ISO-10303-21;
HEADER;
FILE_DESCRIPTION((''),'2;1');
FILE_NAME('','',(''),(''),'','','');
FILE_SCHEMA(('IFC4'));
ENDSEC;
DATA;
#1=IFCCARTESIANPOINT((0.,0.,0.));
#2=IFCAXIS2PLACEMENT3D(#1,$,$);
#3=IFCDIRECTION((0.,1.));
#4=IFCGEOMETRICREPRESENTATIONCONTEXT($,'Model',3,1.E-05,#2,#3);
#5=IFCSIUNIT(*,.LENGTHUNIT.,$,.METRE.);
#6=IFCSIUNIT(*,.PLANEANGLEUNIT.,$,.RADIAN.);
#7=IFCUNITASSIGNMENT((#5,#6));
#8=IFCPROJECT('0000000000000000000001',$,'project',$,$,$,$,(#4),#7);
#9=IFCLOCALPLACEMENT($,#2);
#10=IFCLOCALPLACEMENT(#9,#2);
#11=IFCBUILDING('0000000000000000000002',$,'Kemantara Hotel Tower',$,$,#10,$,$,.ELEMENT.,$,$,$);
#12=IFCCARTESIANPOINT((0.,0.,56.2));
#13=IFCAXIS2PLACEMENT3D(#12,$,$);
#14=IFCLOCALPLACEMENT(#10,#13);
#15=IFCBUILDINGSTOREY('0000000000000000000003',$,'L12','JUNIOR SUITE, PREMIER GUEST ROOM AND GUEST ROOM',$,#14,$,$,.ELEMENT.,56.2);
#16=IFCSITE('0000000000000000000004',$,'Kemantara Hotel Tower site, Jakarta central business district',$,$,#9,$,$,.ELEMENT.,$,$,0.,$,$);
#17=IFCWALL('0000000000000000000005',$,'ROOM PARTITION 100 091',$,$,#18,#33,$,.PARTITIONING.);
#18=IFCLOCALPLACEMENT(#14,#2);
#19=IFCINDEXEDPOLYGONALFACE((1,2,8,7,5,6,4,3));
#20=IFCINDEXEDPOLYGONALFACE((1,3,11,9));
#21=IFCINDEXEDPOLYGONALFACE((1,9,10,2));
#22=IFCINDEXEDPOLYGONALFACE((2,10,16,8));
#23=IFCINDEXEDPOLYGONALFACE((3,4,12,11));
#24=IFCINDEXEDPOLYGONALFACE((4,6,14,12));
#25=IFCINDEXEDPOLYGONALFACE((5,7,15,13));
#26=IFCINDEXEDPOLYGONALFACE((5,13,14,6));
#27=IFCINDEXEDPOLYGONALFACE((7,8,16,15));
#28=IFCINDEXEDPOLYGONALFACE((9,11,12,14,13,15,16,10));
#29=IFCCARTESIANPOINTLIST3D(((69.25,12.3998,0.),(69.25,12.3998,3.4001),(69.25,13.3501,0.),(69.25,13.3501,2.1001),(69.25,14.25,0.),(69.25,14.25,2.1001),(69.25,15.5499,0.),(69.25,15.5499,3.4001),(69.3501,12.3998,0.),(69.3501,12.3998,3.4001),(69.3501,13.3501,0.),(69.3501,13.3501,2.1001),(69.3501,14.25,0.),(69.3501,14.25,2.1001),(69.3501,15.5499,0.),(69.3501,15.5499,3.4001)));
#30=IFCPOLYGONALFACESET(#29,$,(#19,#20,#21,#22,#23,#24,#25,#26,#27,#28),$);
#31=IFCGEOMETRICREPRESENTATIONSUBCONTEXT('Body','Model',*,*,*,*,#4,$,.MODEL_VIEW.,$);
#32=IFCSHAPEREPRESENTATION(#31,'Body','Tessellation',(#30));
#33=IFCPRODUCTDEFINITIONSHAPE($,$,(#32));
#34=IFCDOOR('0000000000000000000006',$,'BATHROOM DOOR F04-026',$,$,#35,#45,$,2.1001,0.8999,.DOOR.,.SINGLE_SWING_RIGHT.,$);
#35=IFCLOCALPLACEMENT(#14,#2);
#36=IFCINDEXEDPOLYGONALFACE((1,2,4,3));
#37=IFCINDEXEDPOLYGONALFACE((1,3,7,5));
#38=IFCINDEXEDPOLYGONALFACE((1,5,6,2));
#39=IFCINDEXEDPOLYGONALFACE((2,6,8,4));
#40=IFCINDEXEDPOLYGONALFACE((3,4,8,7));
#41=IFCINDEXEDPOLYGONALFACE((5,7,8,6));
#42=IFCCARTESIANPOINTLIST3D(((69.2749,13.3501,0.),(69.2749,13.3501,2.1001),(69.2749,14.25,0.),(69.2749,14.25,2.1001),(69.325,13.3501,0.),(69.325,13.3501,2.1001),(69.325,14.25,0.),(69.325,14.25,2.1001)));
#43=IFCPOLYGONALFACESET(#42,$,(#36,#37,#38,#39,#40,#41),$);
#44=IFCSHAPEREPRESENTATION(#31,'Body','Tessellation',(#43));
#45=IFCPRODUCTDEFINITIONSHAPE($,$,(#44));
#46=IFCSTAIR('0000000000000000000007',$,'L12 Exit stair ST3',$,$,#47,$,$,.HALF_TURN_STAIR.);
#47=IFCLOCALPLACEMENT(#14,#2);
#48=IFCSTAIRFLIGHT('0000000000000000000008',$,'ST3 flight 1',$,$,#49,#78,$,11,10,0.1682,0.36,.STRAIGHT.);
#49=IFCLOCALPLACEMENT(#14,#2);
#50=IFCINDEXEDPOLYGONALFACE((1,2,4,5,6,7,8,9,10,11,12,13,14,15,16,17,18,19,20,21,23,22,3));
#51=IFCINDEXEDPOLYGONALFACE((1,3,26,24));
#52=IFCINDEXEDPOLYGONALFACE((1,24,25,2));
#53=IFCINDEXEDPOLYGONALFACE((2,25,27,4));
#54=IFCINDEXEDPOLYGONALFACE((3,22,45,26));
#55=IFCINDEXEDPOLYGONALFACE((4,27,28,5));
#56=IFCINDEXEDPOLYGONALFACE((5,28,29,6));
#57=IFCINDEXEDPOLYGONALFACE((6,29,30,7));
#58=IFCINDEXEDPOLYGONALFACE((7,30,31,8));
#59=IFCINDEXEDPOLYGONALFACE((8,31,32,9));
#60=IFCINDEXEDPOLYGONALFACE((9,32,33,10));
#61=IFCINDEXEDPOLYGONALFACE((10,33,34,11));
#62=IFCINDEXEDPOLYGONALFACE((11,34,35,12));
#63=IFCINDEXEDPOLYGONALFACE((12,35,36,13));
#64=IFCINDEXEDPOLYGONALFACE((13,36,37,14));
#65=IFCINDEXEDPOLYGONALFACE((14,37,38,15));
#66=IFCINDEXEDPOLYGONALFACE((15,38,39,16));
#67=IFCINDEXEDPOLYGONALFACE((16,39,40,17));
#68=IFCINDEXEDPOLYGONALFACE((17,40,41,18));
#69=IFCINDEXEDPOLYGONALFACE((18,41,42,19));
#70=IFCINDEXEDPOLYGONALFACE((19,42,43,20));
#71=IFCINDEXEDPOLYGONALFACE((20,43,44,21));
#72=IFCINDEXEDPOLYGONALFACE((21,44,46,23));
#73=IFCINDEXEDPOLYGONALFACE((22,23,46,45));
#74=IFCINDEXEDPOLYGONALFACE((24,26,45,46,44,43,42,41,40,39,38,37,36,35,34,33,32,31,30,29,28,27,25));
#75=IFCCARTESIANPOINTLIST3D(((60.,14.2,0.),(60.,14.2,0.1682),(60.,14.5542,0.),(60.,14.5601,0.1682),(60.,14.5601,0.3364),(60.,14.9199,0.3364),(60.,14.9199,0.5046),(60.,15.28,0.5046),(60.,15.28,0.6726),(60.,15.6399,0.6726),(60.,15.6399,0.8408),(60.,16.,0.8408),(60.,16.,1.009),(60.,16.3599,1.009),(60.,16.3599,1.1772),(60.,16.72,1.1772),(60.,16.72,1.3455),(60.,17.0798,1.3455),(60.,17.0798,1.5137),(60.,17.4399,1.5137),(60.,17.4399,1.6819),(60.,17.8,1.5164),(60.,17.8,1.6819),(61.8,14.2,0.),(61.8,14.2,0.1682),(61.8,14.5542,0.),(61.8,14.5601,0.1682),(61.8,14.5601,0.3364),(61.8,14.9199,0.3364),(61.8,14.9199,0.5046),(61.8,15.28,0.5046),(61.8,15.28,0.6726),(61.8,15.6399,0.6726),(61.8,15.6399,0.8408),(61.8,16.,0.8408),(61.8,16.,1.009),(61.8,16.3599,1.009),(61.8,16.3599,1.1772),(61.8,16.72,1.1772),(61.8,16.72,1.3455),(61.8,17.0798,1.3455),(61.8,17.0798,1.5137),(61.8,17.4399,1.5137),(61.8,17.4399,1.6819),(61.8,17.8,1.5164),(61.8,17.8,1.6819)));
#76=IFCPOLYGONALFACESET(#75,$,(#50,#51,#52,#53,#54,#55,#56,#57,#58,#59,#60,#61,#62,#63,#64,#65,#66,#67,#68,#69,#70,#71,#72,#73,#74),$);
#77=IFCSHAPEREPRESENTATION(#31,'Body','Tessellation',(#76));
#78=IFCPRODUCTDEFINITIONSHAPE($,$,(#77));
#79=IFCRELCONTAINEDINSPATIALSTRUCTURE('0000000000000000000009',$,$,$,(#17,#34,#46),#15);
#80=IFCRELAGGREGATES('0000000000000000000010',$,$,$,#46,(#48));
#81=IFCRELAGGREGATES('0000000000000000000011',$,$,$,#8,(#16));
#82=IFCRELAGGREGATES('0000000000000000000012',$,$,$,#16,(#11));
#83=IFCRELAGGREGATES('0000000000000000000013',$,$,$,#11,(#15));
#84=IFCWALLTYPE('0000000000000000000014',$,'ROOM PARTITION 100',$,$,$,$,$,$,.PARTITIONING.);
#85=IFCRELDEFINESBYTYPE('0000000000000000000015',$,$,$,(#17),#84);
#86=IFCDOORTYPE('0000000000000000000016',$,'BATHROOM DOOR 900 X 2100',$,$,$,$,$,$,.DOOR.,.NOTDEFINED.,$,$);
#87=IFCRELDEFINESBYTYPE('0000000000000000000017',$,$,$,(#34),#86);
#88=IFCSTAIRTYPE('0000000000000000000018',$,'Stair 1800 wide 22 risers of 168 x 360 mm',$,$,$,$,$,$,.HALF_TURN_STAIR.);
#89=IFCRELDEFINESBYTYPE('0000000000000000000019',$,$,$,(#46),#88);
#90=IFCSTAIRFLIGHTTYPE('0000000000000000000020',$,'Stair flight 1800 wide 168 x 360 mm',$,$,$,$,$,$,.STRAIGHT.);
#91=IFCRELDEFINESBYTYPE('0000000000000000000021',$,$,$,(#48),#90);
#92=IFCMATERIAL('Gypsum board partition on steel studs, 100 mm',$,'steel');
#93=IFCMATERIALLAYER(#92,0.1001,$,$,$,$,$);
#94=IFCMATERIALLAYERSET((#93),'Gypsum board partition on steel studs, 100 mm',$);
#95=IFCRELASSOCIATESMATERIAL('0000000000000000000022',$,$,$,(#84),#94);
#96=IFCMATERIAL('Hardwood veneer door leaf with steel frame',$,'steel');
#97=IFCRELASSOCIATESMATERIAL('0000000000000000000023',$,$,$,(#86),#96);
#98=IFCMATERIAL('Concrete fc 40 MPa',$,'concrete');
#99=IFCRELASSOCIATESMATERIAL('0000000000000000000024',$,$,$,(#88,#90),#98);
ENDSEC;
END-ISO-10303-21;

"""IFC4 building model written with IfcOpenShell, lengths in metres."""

from ifc_helpers import new_model, si_unit, direction, frame, frame_2d, origin, place, context, subcontext, project, spatial, polyline, rectangle, outline, extrude, material, layer, layer_set, type_object, element, fill, aggregate, save


model = new_model("IFC4")

# Units and contexts
model_context = context("Model", 3, precision=1e-05, world=origin(), true_north=direction((0.0, 1.0)))
body_context = subcontext(model_context, "Body", "Model", "MODEL_VIEW")
ifc_project = project(units=[si_unit("LENGTHUNIT", "METRE"), si_unit("PLANEANGLEUNIT", "RADIAN")], contexts=[model_context])

# Site, building, storey
site_placement = place(None, origin())
site = spatial("IfcSite", under=ifc_project, at=site_placement, Name="Kemantara Hotel Tower site, Jakarta central business district", CompositionType="ELEMENT", RefElevation=0.0)
building_placement = place(site_placement, origin())
building = spatial("IfcBuilding", under=site, at=building_placement, Name="Kemantara Hotel Tower", CompositionType="ELEMENT")
storey_placement = place(building_placement, frame((0.0, 0.0, 56.2)))
storey = spatial("IfcBuildingStorey", under=building, at=storey_placement, Name="L12", Description="JUNIOR SUITE, PREMIER GUEST ROOM AND GUEST ROOM", CompositionType="ELEMENT", Elevation=56.2)

# Shared definitions
ifc_material_1 = material(Name="Hardwood veneer door leaf with steel frame", Category="steel")

# Shared definitions
ifc_material_2 = material(Name="Concrete fc 40 MPa", Category="concrete")
ifc_material_3 = material(Name="Gypsum board partition on steel studs, 100 mm", Category="steel")
ifc_layer_1 = layer(ifc_material_3, 0.1001)
ifc_layer_set_1 = layer_set([ifc_layer_1], Name="Gypsum board partition on steel studs, 100 mm")
wall_type_1 = type_object("IfcWallType", Name="ROOM PARTITION 100", PredefinedType="PARTITIONING", material=ifc_layer_set_1)

# Wall, opening, door
door_type_1 = type_object("IfcDoorType", Name="BATHROOM DOOR 900 X 2100", OperationType="NOTDEFINED", PredefinedType="DOOR", material=ifc_material_1)
wall_1_placement = place(storey_placement, frame((69.3, 15.55, 0.0), z_axis=(0.0, 0.0, 1.0), x_axis=(0.0, -1.0, 0.0)))
wall_1 = element("IfcWall", 1, at=wall_1_placement, inside=storey, type_object=wall_type_1, Name="ROOM PARTITION 100 091", PredefinedType="PARTITIONING", context=body_context, shape_type="SweptSolid", body=[
    extrude(rectangle(XDim=3.1501, YDim=0.1001, at=frame_2d((1.5752, 0.0))), origin(), (0.0, 0.0, 1.0), 3.4001),
])
opening_1_placement = place(wall_1_placement, frame((1.3, 0.0, 0.0)))
opening_1 = element("IfcOpeningElement", 2, at=opening_1_placement, cuts=wall_1, PredefinedType="OPENING", context=body_context, shape_type="SweptSolid", body=[
    extrude(rectangle(XDim=0.8999, YDim=2.1001, at=frame_2d((0.45, 1.05))), frame((0.0, 0.0601, 0.0), z_axis=(0.0, -1.0, 0.0), x_axis=(1.0, 0.0, 0.0)), (0.0, 0.0, 1.0), 0.1201),
])
door_1_placement = place(opening_1_placement, origin())
door_1 = element("IfcDoor", 3, at=door_1_placement, inside=storey, type_object=door_type_1, Name="BATHROOM DOOR F04-026", OperationType="SINGLE_SWING_RIGHT", OverallHeight=2.1001, OverallWidth=0.8999, PredefinedType="DOOR", context=body_context, shape_type="SweptSolid", body=[
    extrude(rectangle(XDim=0.8999, YDim=2.1001, at=frame_2d((0.45, 1.05))), frame((0.0, 0.0249, 0.0), z_axis=(0.0, -1.0, 0.0), x_axis=(1.0, 0.0, 0.0)), (0.0, 0.0, 1.0), 0.05),
])
fill(opening_1, door_1)

# Stair, stair flight
stair_type = type_object("IfcStairType", Name="Stair 1800 wide 22 risers of 168 x 360 mm", PredefinedType="HALF_TURN_STAIR", material=ifc_material_2)
stair_placement = place(storey_placement, origin())
stair = element("IfcStair", 4, at=stair_placement, inside=storey, type_object=stair_type, Name="L12 Exit stair ST3", PredefinedType="HALF_TURN_STAIR")
stair_flight_type = type_object("IfcStairFlightType", Name="Stair flight 1800 wide 168 x 360 mm", PredefinedType="STRAIGHT", material=ifc_material_2)
stair_flight_placement = place(storey_placement, frame((60.8999, 14.2, 0.0), z_axis=(0.0, 0.0, 1.0), x_axis=(0.0, 1.0, 0.0)))
stair_flight = element("IfcStairFlight", 5, at=stair_flight_placement, type_object=stair_flight_type, Name="ST3 flight 1", NumberOfRisers=11, NumberOfTreads=10, PredefinedType="STRAIGHT", RiserHeight=0.1682, TreadLength=0.36, context=body_context, shape_type="SweptSolid", body=[
    extrude(outline(polyline([(0.0, 0.0), (0.0, 0.1682), (0.3601, 0.1682), (0.3601, 0.3364), (0.72, 0.3364), (0.72, 0.5046), (1.0801, 0.5046), (1.0801, 0.6726), (1.4399, 0.6726), (1.4399, 0.8408), (1.8, 0.8408), (1.8, 1.009), (2.1599, 1.009), (2.1599, 1.1772), (2.52, 1.1772), (2.52, 1.3455), (2.8799, 1.3455), (2.8799, 1.5137), (3.24, 1.5137), (3.24, 1.6819), (3.6001, 1.6819), (3.6001, 1.8501), (3.6001, 1.5164), (0.3542, 0.0), (0.0, 0.0)])), frame((0.0, 0.8999, 0.0), z_axis=(0.0, -1.0, 0.0), x_axis=(1.0, 0.0, 0.0)), (0.0, 0.0, 1.0), 1.8),
])
aggregate(stair, [stair_flight])

save(model, "model.ifc")
